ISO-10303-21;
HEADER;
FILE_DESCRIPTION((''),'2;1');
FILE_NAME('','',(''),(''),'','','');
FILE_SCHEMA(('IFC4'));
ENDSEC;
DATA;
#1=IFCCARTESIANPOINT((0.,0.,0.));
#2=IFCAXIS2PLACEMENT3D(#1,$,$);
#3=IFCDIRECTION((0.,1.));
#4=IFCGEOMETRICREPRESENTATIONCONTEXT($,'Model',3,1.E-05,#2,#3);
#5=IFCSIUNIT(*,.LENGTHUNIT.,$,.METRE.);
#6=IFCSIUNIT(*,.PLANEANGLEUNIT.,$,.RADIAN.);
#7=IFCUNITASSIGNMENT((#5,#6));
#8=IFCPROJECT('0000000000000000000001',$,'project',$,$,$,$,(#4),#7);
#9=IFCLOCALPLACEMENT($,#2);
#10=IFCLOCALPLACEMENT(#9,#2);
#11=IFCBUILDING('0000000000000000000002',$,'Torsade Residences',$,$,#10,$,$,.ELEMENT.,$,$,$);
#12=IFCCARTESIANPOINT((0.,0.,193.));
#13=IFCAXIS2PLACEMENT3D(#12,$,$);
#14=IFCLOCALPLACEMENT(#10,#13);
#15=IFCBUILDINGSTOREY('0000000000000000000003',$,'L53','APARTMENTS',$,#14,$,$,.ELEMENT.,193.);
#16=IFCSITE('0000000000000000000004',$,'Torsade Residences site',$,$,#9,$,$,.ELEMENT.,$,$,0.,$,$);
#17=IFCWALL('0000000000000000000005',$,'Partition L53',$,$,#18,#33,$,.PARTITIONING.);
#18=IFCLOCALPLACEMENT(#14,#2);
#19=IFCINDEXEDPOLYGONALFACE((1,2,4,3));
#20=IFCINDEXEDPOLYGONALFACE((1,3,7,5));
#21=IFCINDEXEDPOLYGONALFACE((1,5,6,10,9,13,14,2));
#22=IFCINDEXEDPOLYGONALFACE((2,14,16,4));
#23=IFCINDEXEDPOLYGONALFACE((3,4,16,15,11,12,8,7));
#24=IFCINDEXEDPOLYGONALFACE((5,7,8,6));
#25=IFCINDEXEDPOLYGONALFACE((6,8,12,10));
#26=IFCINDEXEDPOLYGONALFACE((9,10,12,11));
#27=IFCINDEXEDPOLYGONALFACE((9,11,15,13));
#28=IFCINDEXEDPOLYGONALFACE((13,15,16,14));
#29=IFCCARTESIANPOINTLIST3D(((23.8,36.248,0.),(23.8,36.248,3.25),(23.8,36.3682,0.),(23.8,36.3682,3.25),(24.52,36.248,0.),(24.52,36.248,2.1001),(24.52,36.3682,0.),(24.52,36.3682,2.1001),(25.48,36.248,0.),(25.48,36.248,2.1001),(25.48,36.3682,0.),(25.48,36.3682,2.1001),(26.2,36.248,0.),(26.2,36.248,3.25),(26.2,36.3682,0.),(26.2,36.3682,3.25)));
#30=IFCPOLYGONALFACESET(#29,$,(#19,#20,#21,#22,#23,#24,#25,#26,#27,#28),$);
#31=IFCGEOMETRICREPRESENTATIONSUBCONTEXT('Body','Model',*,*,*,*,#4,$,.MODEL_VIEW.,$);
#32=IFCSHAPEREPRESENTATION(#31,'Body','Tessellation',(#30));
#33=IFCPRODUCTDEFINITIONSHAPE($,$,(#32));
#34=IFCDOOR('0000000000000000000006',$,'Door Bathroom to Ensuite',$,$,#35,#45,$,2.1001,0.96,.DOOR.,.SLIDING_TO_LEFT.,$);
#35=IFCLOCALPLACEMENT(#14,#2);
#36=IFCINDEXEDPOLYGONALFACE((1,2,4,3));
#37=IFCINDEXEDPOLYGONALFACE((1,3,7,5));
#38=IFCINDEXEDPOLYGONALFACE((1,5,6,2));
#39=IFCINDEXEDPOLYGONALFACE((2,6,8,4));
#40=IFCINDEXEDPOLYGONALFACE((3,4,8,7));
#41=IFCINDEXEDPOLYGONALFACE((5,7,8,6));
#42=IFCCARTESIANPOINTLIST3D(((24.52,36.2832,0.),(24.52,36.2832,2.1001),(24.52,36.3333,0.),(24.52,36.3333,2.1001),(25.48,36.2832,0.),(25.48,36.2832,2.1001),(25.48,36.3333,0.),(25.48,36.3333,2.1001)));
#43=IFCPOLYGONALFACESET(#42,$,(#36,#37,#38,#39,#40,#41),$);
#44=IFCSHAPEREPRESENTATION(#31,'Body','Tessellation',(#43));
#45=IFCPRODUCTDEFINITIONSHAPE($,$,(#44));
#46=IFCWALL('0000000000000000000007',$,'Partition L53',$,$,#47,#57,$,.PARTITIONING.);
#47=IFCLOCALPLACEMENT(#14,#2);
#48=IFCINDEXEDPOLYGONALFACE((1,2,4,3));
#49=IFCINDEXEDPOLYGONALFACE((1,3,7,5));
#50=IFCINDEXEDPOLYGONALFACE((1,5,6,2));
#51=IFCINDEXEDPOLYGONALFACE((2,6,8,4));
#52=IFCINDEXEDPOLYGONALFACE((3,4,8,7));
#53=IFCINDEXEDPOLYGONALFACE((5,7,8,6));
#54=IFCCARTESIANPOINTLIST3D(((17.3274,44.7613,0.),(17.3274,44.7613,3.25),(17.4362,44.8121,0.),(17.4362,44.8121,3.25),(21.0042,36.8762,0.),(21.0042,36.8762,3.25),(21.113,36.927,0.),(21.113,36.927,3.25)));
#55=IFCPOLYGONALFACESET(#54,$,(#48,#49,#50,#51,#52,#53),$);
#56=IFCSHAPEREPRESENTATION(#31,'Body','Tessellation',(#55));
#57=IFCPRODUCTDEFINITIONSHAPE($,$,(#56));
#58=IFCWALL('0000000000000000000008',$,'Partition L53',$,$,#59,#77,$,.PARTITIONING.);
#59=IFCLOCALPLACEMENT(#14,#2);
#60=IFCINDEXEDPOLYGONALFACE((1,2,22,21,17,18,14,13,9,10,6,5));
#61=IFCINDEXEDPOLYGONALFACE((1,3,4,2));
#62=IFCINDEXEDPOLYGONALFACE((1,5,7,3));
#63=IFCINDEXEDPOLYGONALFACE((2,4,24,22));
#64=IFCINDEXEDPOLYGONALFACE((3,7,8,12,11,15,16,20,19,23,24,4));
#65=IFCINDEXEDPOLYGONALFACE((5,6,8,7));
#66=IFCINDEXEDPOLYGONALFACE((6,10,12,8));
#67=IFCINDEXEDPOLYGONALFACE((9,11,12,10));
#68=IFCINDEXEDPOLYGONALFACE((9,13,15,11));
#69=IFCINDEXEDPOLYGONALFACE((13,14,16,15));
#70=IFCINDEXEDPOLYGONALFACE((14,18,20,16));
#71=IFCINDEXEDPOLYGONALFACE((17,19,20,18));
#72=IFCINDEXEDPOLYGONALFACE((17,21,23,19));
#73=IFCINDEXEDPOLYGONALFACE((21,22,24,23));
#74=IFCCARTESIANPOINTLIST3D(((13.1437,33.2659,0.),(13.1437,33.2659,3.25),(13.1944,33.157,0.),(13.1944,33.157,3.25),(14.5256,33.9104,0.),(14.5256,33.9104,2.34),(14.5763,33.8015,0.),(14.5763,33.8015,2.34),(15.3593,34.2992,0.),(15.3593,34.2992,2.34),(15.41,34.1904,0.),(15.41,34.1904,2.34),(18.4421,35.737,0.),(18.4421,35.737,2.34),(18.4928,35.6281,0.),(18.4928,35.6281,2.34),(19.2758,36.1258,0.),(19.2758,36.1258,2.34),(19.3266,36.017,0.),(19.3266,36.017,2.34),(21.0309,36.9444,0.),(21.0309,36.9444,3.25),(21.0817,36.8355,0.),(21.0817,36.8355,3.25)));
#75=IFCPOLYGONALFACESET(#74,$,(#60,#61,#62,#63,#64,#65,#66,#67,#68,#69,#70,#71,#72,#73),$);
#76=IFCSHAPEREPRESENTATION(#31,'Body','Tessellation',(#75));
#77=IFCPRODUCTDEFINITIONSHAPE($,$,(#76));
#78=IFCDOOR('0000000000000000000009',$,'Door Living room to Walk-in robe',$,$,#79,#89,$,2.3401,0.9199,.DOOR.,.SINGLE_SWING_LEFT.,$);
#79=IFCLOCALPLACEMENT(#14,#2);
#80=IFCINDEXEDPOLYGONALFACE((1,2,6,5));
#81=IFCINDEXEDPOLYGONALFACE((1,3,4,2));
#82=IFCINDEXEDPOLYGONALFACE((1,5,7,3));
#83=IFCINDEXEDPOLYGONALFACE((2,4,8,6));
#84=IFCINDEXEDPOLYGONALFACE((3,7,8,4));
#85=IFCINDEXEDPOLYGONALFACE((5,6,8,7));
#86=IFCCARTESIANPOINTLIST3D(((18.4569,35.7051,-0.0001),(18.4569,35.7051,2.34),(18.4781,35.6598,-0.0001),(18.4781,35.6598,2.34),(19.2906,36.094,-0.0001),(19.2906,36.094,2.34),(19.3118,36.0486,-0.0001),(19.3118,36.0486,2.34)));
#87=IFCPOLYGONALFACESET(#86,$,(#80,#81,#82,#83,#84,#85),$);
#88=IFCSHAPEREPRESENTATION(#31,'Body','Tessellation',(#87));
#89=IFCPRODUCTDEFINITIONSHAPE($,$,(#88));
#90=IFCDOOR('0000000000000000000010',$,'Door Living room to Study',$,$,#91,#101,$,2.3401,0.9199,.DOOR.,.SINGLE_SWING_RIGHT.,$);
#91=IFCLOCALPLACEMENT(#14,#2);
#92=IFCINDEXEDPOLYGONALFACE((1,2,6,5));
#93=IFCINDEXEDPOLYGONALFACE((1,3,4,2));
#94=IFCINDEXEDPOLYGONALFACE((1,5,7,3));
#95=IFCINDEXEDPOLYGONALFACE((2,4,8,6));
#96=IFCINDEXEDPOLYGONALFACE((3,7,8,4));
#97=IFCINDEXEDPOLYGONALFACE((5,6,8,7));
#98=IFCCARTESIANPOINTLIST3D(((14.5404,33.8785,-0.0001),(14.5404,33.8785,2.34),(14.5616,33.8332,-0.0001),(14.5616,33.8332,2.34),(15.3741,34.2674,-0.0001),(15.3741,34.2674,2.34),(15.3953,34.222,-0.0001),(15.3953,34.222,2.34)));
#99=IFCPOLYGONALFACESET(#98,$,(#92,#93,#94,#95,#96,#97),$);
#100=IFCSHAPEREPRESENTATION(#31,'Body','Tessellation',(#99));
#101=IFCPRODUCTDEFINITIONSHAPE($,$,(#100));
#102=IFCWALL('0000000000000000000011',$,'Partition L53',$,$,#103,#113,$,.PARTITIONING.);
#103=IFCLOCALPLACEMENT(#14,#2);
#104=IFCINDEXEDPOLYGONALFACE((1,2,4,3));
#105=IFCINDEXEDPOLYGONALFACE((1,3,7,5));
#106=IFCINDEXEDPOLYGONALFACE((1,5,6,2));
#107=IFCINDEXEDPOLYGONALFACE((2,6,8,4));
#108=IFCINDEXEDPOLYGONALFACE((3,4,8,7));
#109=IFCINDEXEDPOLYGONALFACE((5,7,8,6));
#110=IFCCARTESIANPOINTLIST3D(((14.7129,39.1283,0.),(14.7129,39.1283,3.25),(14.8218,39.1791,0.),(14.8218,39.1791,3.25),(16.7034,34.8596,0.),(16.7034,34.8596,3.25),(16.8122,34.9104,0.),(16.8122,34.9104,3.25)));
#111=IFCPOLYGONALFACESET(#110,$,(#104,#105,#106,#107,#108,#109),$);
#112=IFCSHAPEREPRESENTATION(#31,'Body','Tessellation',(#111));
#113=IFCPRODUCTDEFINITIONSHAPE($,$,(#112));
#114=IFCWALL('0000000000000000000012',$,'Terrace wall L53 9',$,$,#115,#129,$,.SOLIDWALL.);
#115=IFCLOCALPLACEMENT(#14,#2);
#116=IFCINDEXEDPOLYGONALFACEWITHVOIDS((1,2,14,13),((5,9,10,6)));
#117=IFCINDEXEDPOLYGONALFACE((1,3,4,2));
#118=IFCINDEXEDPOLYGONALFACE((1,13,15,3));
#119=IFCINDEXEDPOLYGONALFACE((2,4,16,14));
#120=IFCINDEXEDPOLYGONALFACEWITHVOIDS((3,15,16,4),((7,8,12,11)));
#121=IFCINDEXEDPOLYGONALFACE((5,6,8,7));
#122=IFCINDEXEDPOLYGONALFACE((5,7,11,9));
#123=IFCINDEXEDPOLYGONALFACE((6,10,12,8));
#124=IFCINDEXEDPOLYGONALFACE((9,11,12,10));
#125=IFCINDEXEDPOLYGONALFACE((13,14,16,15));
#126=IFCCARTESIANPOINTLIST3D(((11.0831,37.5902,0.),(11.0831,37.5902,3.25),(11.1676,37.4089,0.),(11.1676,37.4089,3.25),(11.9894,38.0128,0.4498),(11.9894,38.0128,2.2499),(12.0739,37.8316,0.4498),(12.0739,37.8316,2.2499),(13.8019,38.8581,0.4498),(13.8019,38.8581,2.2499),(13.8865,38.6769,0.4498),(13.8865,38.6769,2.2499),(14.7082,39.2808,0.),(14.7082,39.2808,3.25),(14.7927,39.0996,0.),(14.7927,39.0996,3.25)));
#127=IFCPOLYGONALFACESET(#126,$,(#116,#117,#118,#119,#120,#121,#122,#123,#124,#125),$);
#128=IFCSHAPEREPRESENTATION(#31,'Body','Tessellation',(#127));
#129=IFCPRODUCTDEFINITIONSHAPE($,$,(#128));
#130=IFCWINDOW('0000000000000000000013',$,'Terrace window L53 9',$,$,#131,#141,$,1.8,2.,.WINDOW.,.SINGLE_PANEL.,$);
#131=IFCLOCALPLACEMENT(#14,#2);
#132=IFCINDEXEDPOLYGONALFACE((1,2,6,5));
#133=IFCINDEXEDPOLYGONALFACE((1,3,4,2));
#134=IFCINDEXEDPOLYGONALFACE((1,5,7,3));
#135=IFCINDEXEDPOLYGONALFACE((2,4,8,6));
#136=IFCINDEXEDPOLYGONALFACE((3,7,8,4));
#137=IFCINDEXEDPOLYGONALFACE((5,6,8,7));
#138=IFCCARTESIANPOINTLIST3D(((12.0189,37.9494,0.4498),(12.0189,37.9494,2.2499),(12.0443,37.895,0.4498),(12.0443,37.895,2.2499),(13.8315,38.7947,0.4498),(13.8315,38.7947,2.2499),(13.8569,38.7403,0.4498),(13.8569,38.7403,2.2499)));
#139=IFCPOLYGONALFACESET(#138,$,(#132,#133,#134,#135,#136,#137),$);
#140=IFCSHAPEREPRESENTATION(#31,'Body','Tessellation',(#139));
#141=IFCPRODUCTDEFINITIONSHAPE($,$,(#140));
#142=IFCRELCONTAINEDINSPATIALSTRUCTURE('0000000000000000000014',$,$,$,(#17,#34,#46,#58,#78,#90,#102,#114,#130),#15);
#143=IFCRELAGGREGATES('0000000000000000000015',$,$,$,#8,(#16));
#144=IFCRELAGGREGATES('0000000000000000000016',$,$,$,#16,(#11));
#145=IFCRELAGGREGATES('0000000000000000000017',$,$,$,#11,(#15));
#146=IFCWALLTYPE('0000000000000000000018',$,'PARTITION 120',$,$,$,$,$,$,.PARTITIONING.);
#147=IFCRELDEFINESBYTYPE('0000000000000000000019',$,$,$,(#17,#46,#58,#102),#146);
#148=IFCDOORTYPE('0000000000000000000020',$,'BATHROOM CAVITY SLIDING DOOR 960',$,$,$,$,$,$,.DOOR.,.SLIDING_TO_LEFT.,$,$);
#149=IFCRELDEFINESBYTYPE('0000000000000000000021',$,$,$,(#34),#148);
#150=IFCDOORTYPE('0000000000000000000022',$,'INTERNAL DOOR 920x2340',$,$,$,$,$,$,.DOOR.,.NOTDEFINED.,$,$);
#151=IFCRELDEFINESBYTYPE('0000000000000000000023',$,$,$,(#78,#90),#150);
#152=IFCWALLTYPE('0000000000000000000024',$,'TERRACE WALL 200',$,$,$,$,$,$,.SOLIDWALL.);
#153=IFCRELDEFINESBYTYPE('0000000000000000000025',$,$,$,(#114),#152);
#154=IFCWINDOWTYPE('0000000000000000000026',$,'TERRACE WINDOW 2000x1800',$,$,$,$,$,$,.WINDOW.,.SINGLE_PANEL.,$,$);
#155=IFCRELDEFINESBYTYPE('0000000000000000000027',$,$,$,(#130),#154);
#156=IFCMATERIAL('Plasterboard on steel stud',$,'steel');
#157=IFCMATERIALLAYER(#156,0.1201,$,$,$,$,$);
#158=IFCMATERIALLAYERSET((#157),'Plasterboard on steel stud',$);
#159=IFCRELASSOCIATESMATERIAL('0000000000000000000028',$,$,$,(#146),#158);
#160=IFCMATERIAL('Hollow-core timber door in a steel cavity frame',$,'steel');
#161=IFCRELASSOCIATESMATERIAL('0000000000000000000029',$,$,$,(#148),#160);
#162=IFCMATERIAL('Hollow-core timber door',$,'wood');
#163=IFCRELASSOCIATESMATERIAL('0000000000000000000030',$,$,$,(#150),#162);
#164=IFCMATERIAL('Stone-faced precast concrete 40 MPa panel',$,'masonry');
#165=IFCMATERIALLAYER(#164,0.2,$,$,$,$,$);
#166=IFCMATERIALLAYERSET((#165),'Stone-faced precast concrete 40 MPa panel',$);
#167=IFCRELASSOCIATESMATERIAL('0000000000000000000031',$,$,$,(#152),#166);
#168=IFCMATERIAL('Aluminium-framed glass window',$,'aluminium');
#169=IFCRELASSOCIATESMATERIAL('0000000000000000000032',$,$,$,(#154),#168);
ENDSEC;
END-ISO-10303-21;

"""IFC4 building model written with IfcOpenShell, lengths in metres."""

from ifc_helpers import new_model, si_unit, direction, frame, frame_2d, origin, place, context, subcontext, project, spatial, rectangle, extrude, material, layer, layer_set, type_object, element, fill, save


model = new_model("IFC4")

# Units and contexts
model_context = context("Model", 3, precision=1e-05, world=origin(), true_north=direction((0.0, 1.0)))
body_context = subcontext(model_context, "Body", "Model", "MODEL_VIEW")
ifc_project = project(units=[si_unit("LENGTHUNIT", "METRE"), si_unit("PLANEANGLEUNIT", "RADIAN")], contexts=[model_context])

# Site, building, storey
site_placement = place(None, origin())
site = spatial("IfcSite", under=ifc_project, at=site_placement, Name="Torsade Residences site", CompositionType="ELEMENT", RefElevation=0.0)
building_placement = place(site_placement, origin())
building = spatial("IfcBuilding", under=site, at=building_placement, Name="Torsade Residences", CompositionType="ELEMENT")
storey_placement = place(building_placement, frame((0.0, 0.0, 193.0)))
storey = spatial("IfcBuildingStorey", under=building, at=storey_placement, Name="L53", Description="APARTMENTS", CompositionType="ELEMENT", Elevation=193.0)

# Wall, opening, door
ifc_material_1 = material(Name="Plasterboard on steel stud", Category="steel")
ifc_layer_1 = layer(ifc_material_1, 0.1201)
ifc_layer_set_1 = layer_set([ifc_layer_1], Name="Plasterboard on steel stud")
wall_type_1 = type_object("IfcWallType", Name="PARTITION 120", PredefinedType="PARTITIONING", material=ifc_layer_set_1)
wall_1_placement = place(storey_placement, frame((26.2, 36.3081, 0.0), z_axis=(0.0, 0.0, 1.0), x_axis=(-1.0, 0.0, 0.0)))
wall_1 = element("IfcWall", 1, at=wall_1_placement, inside=storey, type_object=wall_type_1, Name="Partition L53", PredefinedType="PARTITIONING", context=body_context, shape_type="SweptSolid", body=[
    extrude(rectangle(XDim=2.3999, YDim=0.1201, at=frame_2d((1.2, 0.0))), origin(), (0.0, 0.0, 1.0), 3.25),
])
opening_1_placement = place(wall_1_placement, frame((0.72, 0.0, 0.0)))
opening_1 = element("IfcOpeningElement", 2, at=opening_1_placement, cuts=wall_1, PredefinedType="OPENING", context=body_context, shape_type="SweptSolid", body=[
    extrude(rectangle(XDim=0.96, YDim=2.1001, at=frame_2d((0.48, 1.05))), frame((0.0, 0.0701, 0.0), z_axis=(0.0, -1.0, 0.0), x_axis=(1.0, 0.0, 0.0)), (0.0, 0.0, 1.0), 0.1401),
])
ifc_material_2 = material(Name="Hollow-core timber door in a steel cavity frame", Category="steel")
door_type_1 = type_object("IfcDoorType", Name="BATHROOM CAVITY SLIDING DOOR 960", OperationType="SLIDING_TO_LEFT", PredefinedType="DOOR", material=ifc_material_2)
door_1_placement = place(opening_1_placement, origin())
door_1 = element("IfcDoor", 3, at=door_1_placement, inside=storey, type_object=door_type_1, Name="Door Bathroom to Ensuite", OperationType="SLIDING_TO_LEFT", OverallHeight=2.1001, OverallWidth=0.96, PredefinedType="DOOR", context=body_context, shape_type="SweptSolid", body=[
    extrude(rectangle(XDim=0.96, YDim=2.1001, at=frame_2d((0.48, 1.05))), frame((0.0, 0.0249, 0.0), z_axis=(0.0, -1.0, 0.0), x_axis=(1.0, 0.0, 0.0)), (0.0, 0.0, 1.0), 0.05),
])
fill(opening_1, door_1)

# Wall
wall_2_placement = place(storey_placement, frame((21.0586, 36.9016, 0.0), z_axis=(0.0, 0.0, 1.0), x_axis=(-0.42261, 0.906311, 0.0)))
element("IfcWall", 4, at=wall_2_placement, inside=storey, type_object=wall_type_1, Name="Partition L53", PredefinedType="PARTITIONING", context=body_context, shape_type="SweptSolid", body=[
    extrude(rectangle(XDim=8.7002, YDim=0.1201, at=frame_2d((4.3501, 0.0))), origin(), (0.0, 0.0, 1.0), 3.25),
])

# Wall, openings, doors
wall_3_placement = place(storey_placement, frame((13.1689, 33.2114, 0.0), z_axis=(0.0, 0.0, 1.0), x_axis=(0.906281, 0.422675, 0.0)))
wall_3 = element("IfcWall", 5, at=wall_3_placement, inside=storey, type_object=wall_type_1, Name="Partition L53", PredefinedType="PARTITIONING", context=body_context, shape_type="SweptSolid", body=[
    extrude(rectangle(XDim=8.7029, YDim=0.1201, at=frame_2d((4.3516, 0.0))), origin(), (0.0, 0.0, 1.0), 3.25),
])
opening_2_placement = place(wall_3_placement, frame((5.8464, 0.0, 0.0)))
opening_2 = element("IfcOpeningElement", 6, at=opening_2_placement, cuts=wall_3, PredefinedType="OPENING", context=body_context, shape_type="SweptSolid", body=[
    extrude(rectangle(XDim=0.9199, YDim=2.3401, at=frame_2d((0.46, 1.1699))), frame((0.0, 0.0701, 0.0), z_axis=(0.0, -1.0, 0.0), x_axis=(1.0, 0.0, 0.0)), (0.0, 0.0, 1.0), 0.1401),
])
opening_3_placement = place(wall_3_placement, frame((1.5249, 0.0, 0.0)))
opening_3 = element("IfcOpeningElement", 7, at=opening_3_placement, cuts=wall_3, PredefinedType="OPENING", context=body_context, shape_type="SweptSolid", body=[
    extrude(rectangle(XDim=0.9199, YDim=2.3401, at=frame_2d((0.46, 1.1699))), frame((0.0, 0.0701, 0.0), z_axis=(0.0, -1.0, 0.0), x_axis=(1.0, 0.0, 0.0)), (0.0, 0.0, 1.0), 0.1401),
])
ifc_material_3 = material(Name="Hollow-core timber door", Category="wood")
door_type_2 = type_object("IfcDoorType", Name="INTERNAL DOOR 920x2340", OperationType="NOTDEFINED", PredefinedType="DOOR", material=ifc_material_3)
door_2_placement = place(opening_2_placement, origin())
door_2 = element("IfcDoor", 8, at=door_2_placement, inside=storey, type_object=door_type_2, Name="Door Living room to Walk-in robe", OperationType="SINGLE_SWING_LEFT", OverallHeight=2.3401, OverallWidth=0.9199, PredefinedType="DOOR", context=body_context, shape_type="SweptSolid", body=[
    extrude(rectangle(XDim=0.9199, YDim=2.3401, at=frame_2d((0.46, 1.1699))), frame((0.0, 0.0249, 0.0), z_axis=(0.0, -1.0, 0.0), x_axis=(1.0, 0.0, 0.0)), (0.0, 0.0, 1.0), 0.05),
])
fill(opening_2, door_2)
door_3_placement = place(opening_3_placement, origin())
door_3 = element("IfcDoor", 9, at=door_3_placement, inside=storey, type_object=door_type_2, Name="Door Living room to Study", OperationType="SINGLE_SWING_RIGHT", OverallHeight=2.3401, OverallWidth=0.9199, PredefinedType="DOOR", context=body_context, shape_type="SweptSolid", body=[
    extrude(rectangle(XDim=0.9199, YDim=2.3401, at=frame_2d((0.46, 1.1699))), frame((0.0, 0.0249, 0.0), z_axis=(0.0, -1.0, 0.0), x_axis=(1.0, 0.0, 0.0)), (0.0, 0.0, 1.0), 0.05),
])
fill(opening_3, door_3)

# Wall
wall_4_placement = place(storey_placement, frame((16.7578, 34.885, 0.0), z_axis=(0.0, 0.0, 1.0), x_axis=(-0.422602, 0.906316, 0.0)))
element("IfcWall", 10, at=wall_4_placement, inside=storey, type_object=wall_type_1, Name="Partition L53", PredefinedType="PARTITIONING", context=body_context, shape_type="SweptSolid", body=[
    extrude(rectangle(XDim=4.71, YDim=0.1201, at=frame_2d((2.355, 0.0))), origin(), (0.0, 0.0, 1.0), 3.25),
])

# Wall, opening, window
ifc_material_4 = material(Name="Stone-faced precast concrete 40 MPa panel", Category="masonry")
ifc_layer_2 = layer(ifc_material_4, 0.2)
ifc_layer_set_2 = layer_set([ifc_layer_2], Name="Stone-faced precast concrete 40 MPa panel")
wall_type_2 = type_object("IfcWallType", Name="TERRACE WALL 200", PredefinedType="SOLIDWALL", material=ifc_layer_set_2)
wall_5_placement = place(storey_placement, frame((14.7505, 39.1902, 0.0), z_axis=(0.0, 0.0, 1.0), x_axis=(-0.906289, -0.422658, 0.0)))
wall_5 = element("IfcWall", 11, at=wall_5_placement, inside=storey, type_object=wall_type_2, Name="Terrace wall L53 9", PredefinedType="SOLIDWALL", context=body_context, shape_type="SweptSolid", body=[
    extrude(rectangle(XDim=4.0, YDim=0.2, at=frame_2d((2.0, 0.0))), origin(), (0.0, 0.0, 1.0), 3.25),
])
opening_4_placement = place(wall_5_placement, frame((1.0, 0.0, 0.45)))
opening_4 = element("IfcOpeningElement", 12, at=opening_4_placement, cuts=wall_5, PredefinedType="OPENING", context=body_context, shape_type="SweptSolid", body=[
    extrude(rectangle(XDim=2.0, YDim=1.8, at=frame_2d((1.0, 0.8999))), frame((0.0, 0.1099, 0.0), z_axis=(0.0, -1.0, 0.0), x_axis=(1.0, 0.0, 0.0)), (0.0, 0.0, 1.0), 0.22),
])
ifc_material_5 = material(Name="Aluminium-framed glass window", Category="aluminium")
window_type = type_object("IfcWindowType", Name="TERRACE WINDOW 2000x1800", PartitioningType="SINGLE_PANEL", PredefinedType="WINDOW", material=ifc_material_5)
window_placement = place(opening_4_placement, origin())
window = element("IfcWindow", 13, at=window_placement, inside=storey, type_object=window_type, Name="Terrace window L53 9", OverallHeight=1.8, OverallWidth=2.0, PartitioningType="SINGLE_PANEL", PredefinedType="WINDOW", context=body_context, shape_type="SweptSolid", body=[
    extrude(rectangle(XDim=2.0, YDim=1.8, at=frame_2d((1.0, 0.8999))), frame((0.0, 0.03, 0.0), z_axis=(0.0, -1.0, 0.0), x_axis=(1.0, 0.0, 0.0)), (0.0, 0.0, 1.0), 0.0601),
])
fill(opening_4, window)

save(model, "model.ifc")
